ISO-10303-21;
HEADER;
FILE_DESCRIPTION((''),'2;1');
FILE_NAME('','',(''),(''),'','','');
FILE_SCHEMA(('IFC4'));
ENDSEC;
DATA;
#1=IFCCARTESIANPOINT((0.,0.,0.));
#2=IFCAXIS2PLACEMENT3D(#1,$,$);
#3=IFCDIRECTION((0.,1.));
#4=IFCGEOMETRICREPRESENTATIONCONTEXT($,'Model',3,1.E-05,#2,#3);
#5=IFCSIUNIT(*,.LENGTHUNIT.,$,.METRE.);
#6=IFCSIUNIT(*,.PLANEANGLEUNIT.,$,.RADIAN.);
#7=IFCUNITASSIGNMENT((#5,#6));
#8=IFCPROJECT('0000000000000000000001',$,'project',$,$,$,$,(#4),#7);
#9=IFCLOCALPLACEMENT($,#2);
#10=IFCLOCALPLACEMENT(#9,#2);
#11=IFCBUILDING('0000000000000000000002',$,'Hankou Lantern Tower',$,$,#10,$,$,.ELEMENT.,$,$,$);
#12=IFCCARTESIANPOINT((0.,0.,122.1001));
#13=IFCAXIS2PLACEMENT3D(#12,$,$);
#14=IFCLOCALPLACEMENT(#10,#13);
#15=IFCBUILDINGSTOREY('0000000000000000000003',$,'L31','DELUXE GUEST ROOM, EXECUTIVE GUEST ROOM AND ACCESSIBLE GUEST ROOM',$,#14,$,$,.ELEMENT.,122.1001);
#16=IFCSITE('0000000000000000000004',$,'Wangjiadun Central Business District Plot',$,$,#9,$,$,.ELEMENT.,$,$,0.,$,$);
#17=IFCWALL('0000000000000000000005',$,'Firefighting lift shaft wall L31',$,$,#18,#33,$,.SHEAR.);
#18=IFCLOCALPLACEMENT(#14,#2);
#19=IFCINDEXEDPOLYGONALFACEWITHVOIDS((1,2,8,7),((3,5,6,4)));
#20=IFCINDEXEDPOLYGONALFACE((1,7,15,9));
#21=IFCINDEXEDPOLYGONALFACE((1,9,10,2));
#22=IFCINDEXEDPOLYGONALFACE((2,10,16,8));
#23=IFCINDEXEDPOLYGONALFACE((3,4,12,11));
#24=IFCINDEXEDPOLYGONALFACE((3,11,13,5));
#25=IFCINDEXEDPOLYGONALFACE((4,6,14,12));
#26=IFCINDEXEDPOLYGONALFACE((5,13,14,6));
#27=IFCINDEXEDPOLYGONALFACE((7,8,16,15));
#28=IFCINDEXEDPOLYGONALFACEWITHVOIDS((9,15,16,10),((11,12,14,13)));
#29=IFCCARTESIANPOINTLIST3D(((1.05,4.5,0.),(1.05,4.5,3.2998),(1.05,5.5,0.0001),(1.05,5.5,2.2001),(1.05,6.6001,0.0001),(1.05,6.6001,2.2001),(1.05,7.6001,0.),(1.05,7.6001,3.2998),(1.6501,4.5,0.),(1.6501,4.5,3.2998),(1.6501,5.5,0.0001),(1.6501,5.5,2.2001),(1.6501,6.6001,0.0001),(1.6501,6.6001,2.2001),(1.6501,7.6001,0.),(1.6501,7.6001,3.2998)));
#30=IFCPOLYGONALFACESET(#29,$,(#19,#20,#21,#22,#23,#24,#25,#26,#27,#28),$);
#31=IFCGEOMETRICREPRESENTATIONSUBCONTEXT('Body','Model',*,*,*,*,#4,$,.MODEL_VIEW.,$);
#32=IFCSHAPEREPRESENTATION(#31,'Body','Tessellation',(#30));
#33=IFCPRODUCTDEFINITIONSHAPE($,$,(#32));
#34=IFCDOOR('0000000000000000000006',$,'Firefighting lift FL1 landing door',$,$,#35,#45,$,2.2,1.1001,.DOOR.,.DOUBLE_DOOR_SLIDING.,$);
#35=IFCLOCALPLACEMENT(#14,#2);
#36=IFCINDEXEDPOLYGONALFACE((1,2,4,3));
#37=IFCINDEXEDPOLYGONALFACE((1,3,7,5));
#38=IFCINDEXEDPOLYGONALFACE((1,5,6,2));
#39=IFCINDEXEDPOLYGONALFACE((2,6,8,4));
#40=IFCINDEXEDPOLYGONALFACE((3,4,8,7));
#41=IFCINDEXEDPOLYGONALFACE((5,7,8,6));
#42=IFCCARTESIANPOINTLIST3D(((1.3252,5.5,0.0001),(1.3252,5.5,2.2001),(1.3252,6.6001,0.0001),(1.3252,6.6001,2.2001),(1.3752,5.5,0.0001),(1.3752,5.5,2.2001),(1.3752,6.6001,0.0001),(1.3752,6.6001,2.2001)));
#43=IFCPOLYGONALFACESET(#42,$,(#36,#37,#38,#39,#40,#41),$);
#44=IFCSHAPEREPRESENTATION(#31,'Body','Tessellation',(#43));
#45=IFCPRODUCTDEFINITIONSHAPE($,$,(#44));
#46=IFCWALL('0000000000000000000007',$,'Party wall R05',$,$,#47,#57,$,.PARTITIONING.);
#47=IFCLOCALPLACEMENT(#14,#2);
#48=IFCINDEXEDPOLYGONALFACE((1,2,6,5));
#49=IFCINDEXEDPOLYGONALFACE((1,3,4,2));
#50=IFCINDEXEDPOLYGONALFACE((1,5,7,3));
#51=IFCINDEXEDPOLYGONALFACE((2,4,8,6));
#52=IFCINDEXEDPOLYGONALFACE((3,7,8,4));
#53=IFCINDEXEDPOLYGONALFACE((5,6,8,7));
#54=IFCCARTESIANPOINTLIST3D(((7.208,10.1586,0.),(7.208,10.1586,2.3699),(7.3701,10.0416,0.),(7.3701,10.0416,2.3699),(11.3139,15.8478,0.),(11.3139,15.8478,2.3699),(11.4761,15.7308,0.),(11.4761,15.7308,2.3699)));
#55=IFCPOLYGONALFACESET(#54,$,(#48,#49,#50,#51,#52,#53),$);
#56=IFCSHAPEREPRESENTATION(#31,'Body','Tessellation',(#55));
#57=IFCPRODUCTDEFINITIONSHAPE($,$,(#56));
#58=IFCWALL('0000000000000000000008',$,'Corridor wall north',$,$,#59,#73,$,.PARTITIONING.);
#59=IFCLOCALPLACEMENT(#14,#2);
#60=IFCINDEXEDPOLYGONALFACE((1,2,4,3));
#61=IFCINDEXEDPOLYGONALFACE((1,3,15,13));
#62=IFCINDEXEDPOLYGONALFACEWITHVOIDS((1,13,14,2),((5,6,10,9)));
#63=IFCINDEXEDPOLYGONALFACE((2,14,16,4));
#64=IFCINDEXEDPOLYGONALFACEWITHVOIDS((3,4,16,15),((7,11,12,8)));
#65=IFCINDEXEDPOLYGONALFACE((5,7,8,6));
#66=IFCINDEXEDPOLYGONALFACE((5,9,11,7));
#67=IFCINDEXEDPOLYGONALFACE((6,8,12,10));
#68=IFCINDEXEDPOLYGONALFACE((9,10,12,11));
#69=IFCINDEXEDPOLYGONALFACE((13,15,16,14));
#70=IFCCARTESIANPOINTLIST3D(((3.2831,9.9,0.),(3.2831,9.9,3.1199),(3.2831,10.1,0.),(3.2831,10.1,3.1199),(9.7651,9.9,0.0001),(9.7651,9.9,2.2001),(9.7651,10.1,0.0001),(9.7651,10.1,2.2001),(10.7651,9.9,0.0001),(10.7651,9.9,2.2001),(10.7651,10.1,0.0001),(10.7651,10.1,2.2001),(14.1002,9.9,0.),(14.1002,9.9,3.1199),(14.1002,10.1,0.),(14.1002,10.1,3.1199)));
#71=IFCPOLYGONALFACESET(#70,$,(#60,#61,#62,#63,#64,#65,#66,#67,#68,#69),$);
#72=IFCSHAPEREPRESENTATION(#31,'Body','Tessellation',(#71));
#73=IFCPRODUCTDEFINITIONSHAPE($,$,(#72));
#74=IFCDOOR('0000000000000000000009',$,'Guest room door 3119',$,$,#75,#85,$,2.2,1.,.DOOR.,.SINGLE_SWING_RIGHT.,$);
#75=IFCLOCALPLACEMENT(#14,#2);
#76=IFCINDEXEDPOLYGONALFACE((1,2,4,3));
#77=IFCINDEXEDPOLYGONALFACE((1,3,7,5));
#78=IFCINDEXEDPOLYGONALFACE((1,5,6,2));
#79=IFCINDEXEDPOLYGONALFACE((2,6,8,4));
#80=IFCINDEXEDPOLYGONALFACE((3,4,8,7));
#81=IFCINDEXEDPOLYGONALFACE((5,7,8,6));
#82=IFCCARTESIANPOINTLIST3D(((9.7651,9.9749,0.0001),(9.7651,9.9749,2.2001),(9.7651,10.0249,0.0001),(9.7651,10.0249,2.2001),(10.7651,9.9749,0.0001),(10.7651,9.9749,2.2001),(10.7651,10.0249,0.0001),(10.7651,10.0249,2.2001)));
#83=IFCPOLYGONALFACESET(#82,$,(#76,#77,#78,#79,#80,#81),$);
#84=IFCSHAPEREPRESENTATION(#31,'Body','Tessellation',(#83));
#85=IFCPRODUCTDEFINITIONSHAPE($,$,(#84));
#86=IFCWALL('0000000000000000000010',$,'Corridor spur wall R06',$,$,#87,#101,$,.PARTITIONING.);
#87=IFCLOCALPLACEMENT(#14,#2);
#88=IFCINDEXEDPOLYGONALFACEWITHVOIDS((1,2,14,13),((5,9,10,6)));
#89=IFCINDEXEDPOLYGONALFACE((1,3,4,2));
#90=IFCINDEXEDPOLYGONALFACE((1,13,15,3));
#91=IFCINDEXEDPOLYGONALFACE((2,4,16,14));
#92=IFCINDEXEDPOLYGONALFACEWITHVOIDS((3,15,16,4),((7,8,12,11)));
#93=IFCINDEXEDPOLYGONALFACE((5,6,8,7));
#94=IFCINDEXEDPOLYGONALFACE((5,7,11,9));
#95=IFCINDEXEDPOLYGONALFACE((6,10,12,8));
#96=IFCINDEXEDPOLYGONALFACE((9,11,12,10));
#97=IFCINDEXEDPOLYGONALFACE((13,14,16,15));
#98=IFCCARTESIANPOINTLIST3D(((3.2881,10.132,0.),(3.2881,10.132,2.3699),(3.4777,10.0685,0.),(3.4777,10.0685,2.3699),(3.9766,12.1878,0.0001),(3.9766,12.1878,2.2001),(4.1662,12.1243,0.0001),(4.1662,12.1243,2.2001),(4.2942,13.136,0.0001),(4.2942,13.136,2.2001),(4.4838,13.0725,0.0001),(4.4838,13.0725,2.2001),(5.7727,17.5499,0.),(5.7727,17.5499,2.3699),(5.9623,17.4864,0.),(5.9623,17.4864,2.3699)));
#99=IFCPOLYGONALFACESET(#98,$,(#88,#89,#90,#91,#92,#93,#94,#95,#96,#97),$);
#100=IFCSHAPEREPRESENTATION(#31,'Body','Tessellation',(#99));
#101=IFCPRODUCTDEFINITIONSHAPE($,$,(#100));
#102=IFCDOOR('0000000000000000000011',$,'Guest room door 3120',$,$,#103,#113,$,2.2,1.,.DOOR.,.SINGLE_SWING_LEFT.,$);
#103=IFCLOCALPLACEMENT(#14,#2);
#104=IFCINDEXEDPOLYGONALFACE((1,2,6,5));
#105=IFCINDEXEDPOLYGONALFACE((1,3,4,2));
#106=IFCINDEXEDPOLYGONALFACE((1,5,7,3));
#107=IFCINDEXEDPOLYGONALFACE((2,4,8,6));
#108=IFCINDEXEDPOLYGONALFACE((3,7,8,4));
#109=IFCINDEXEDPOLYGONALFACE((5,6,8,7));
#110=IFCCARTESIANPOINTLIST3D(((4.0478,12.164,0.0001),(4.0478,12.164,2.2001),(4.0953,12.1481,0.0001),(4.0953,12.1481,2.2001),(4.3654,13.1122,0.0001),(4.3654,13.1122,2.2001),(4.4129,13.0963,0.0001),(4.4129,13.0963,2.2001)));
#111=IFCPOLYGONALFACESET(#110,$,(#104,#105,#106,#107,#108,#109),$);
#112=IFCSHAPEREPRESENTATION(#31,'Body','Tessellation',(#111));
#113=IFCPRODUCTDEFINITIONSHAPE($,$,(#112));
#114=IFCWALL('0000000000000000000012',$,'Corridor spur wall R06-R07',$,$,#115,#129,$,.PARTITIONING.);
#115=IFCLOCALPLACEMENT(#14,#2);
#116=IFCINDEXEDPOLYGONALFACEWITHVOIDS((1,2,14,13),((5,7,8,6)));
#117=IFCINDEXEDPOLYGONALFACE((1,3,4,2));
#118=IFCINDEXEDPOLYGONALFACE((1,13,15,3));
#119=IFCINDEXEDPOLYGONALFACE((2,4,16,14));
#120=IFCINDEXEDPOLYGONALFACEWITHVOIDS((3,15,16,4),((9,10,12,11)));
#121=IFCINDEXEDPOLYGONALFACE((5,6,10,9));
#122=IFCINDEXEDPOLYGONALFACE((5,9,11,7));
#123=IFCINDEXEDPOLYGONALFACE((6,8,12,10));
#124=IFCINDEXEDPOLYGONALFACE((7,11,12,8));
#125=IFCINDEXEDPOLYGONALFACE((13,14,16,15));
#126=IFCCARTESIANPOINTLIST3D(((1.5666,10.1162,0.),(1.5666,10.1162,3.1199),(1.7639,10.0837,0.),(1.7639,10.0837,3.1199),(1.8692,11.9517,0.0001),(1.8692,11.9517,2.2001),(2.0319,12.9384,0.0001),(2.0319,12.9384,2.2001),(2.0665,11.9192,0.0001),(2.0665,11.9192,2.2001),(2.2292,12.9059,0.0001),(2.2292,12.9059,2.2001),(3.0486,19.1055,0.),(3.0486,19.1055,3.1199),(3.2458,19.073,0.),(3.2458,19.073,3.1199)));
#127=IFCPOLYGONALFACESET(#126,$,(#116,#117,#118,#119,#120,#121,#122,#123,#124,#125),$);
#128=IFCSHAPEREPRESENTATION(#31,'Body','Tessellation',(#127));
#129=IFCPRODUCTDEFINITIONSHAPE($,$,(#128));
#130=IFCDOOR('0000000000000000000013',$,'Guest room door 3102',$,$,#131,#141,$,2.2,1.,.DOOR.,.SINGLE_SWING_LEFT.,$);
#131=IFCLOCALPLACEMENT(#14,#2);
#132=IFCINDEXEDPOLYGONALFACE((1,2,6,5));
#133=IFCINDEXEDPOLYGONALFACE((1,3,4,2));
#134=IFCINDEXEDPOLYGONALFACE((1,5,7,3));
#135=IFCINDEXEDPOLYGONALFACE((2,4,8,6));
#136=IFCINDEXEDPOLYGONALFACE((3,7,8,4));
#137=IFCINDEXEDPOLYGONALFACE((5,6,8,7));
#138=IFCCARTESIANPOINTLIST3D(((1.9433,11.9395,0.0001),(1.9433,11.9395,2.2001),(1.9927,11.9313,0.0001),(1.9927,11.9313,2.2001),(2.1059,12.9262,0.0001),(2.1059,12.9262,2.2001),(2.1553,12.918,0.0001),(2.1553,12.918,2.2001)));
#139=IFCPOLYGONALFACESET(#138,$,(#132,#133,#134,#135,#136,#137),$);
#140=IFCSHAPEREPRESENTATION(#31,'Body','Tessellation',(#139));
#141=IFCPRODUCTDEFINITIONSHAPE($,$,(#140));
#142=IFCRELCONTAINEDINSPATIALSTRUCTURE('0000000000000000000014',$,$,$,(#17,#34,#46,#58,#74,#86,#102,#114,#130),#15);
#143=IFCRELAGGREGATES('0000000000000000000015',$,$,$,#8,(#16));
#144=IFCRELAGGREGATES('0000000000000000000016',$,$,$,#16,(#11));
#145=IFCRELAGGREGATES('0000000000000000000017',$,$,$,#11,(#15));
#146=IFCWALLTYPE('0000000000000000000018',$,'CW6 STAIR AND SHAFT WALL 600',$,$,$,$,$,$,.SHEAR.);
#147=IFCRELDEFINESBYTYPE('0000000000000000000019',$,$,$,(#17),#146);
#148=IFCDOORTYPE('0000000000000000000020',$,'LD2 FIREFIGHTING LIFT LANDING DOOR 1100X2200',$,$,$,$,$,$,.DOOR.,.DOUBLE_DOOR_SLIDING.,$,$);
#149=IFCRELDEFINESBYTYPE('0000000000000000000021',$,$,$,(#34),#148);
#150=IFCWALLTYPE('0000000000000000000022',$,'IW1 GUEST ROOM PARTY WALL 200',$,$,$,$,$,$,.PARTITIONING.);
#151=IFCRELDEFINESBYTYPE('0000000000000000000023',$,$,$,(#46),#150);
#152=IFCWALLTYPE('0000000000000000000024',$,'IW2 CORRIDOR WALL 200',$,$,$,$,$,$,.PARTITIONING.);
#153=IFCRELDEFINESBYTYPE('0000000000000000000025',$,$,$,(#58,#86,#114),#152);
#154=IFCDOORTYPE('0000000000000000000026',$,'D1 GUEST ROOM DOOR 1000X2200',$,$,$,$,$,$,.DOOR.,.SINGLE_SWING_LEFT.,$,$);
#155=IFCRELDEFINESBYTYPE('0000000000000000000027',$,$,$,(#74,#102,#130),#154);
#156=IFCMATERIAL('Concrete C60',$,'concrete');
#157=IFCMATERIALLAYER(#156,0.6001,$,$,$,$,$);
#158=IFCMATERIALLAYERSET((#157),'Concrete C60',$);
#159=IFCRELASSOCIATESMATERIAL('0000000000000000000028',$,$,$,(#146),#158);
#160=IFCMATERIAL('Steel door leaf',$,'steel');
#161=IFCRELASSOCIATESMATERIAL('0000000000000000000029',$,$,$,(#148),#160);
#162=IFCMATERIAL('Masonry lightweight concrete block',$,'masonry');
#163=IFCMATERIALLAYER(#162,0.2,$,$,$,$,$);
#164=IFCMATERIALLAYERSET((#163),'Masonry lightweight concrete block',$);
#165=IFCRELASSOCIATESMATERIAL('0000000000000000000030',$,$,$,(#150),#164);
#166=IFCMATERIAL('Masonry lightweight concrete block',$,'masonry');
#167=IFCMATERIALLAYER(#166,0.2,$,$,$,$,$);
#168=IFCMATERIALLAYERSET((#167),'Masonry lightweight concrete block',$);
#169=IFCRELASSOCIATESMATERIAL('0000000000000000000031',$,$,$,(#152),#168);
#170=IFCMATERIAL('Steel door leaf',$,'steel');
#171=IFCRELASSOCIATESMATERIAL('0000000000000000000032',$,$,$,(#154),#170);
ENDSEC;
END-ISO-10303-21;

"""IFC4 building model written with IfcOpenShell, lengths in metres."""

from ifc_helpers import new_model, si_unit, direction, frame, frame_2d, origin, place, context, subcontext, project, spatial, rectangle, extrude, material, layer, layer_set, type_object, element, fill, save


model = new_model("IFC4")

# Units and contexts
model_context = context("Model", 3, precision=1e-05, world=origin(), true_north=direction((0.0, 1.0)))
body_context = subcontext(model_context, "Body", "Model", "MODEL_VIEW")
ifc_project = project(units=[si_unit("LENGTHUNIT", "METRE"), si_unit("PLANEANGLEUNIT", "RADIAN")], contexts=[model_context])

# Site, building, storey
site_placement = place(None, origin())
site = spatial("IfcSite", under=ifc_project, at=site_placement, Name="Wangjiadun Central Business District Plot", CompositionType="ELEMENT", RefElevation=0.0)
building_placement = place(site_placement, origin())
building = spatial("IfcBuilding", under=site, at=building_placement, Name="Hankou Lantern Tower", CompositionType="ELEMENT")
storey_placement = place(building_placement, frame((0.0, 0.0, 122.1001)))
storey = spatial("IfcBuildingStorey", under=building, at=storey_placement, Name="L31", Description="DELUXE GUEST ROOM, EXECUTIVE GUEST ROOM AND ACCESSIBLE GUEST ROOM", CompositionType="ELEMENT", Elevation=122.1001)

# Wall, opening, door
ifc_material_1 = material(Name="Concrete C60", Category="concrete")
ifc_layer_1 = layer(ifc_material_1, 0.6001)
ifc_layer_set_1 = layer_set([ifc_layer_1], Name="Concrete C60")
wall_type_1 = type_object("IfcWallType", Name="CW6 STAIR AND SHAFT WALL 600", PredefinedType="SHEAR", material=ifc_layer_set_1)
wall_1_placement = place(storey_placement, frame((1.3501, 4.5, 0.0), z_axis=(0.0, 0.0, 1.0), x_axis=(0.0, 1.0, 0.0)))
wall_1 = element("IfcWall", 1, at=wall_1_placement, inside=storey, type_object=wall_type_1, Name="Firefighting lift shaft wall L31", PredefinedType="SHEAR", context=body_context, shape_type="SweptSolid", body=[
    extrude(rectangle(XDim=3.1001, YDim=0.6001, at=frame_2d((1.55, 0.0))), origin(), (0.0, 0.0, 1.0), 3.2998),
])
opening_1_placement = place(wall_1_placement, frame((1.0, 0.0, 0.0)))
opening_1 = element("IfcOpeningElement", 2, at=opening_1_placement, cuts=wall_1, PredefinedType="OPENING", context=body_context, shape_type="SweptSolid", body=[
    extrude(rectangle(XDim=1.1001, YDim=2.2, at=frame_2d((0.55, 1.1001))), frame((0.0, 0.3101, 0.0), z_axis=(0.0, -1.0, 0.0), x_axis=(1.0, 0.0, 0.0)), (0.0, 0.0, 1.0), 0.6201),
])
ifc_material_2 = material(Name="Steel door leaf", Category="steel")
door_type_1 = type_object("IfcDoorType", Name="LD2 FIREFIGHTING LIFT LANDING DOOR 1100X2200", OperationType="DOUBLE_DOOR_SLIDING", PredefinedType="DOOR", material=ifc_material_2)
door_1_placement = place(opening_1_placement, origin())
door_1 = element("IfcDoor", 3, at=door_1_placement, inside=storey, type_object=door_type_1, Name="Firefighting lift FL1 landing door", OperationType="DOUBLE_DOOR_SLIDING", OverallHeight=2.2, OverallWidth=1.1001, PredefinedType="DOOR", context=body_context, shape_type="SweptSolid", body=[
    extrude(rectangle(XDim=1.1001, YDim=2.2, at=frame_2d((0.55, 1.1001))), frame((0.0, 0.0249, 0.0), z_axis=(0.0, -1.0, 0.0), x_axis=(1.0, 0.0, 0.0)), (0.0, 0.0, 1.0), 0.05),
])
fill(opening_1, door_1)

# Wall
ifc_material_3 = material(Name="Masonry lightweight concrete block", Category="masonry")
ifc_layer_2 = layer(ifc_material_3, 0.2)
ifc_layer_set_2 = layer_set([ifc_layer_2], Name="Masonry lightweight concrete block")
wall_type_2 = type_object("IfcWallType", Name="IW1 GUEST ROOM PARTY WALL 200", PredefinedType="PARTITIONING", material=ifc_layer_set_2)
wall_2_placement = place(storey_placement, frame((7.2891, 10.1001, 0.0), z_axis=(0.0, 0.0, 1.0), x_axis=(0.585217, 0.810876, 0.0)))
element("IfcWall", 4, at=wall_2_placement, inside=storey, type_object=wall_type_2, Name="Party wall R05", PredefinedType="PARTITIONING", context=body_context, shape_type="SweptSolid", body=[
    extrude(rectangle(XDim=7.0161, YDim=0.2, at=frame_2d((3.5081, 0.0))), origin(), (0.0, 0.0, 1.0), 2.3699),
])

# Walls, openings, doors
ifc_material_4 = material(Name="Masonry lightweight concrete block", Category="masonry")
ifc_layer_3 = layer(ifc_material_4, 0.2)
ifc_layer_set_3 = layer_set([ifc_layer_3], Name="Masonry lightweight concrete block")
wall_type_3 = type_object("IfcWallType", Name="IW2 CORRIDOR WALL 200", PredefinedType="PARTITIONING", material=ifc_layer_set_3)
wall_3_placement = place(storey_placement, frame((3.283, 10.0, 0.0), z_axis=(0.0, 0.0, 1.0), x_axis=(1.0, 0.0, 0.0)))
wall_3 = element("IfcWall", 5, at=wall_3_placement, inside=storey, type_object=wall_type_3, Name="Corridor wall north", PredefinedType="PARTITIONING", context=body_context, shape_type="SweptSolid", body=[
    extrude(rectangle(XDim=10.8171, YDim=0.2, at=frame_2d((5.4087, 0.0))), origin(), (0.0, 0.0, 1.0), 3.1199),
])
opening_2_placement = place(wall_3_placement, frame((6.4822, 0.0, 0.0)))
opening_2 = element("IfcOpeningElement", 6, at=opening_2_placement, cuts=wall_3, PredefinedType="OPENING", context=body_context, shape_type="SweptSolid", body=[
    extrude(rectangle(XDim=1.0, YDim=2.2, at=frame_2d((0.5, 1.1001))), frame((0.0, 0.1099, 0.0), z_axis=(0.0, -1.0, 0.0), x_axis=(1.0, 0.0, 0.0)), (0.0, 0.0, 1.0), 0.22),
])
ifc_material_5 = material(Name="Steel door leaf", Category="steel")
door_type_2 = type_object("IfcDoorType", Name="D1 GUEST ROOM DOOR 1000X2200", OperationType="SINGLE_SWING_LEFT", PredefinedType="DOOR", material=ifc_material_5)
door_2_placement = place(opening_2_placement, origin())
door_2 = element("IfcDoor", 7, at=door_2_placement, inside=storey, type_object=door_type_2, Name="Guest room door 3119", OperationType="SINGLE_SWING_RIGHT", OverallHeight=2.2, OverallWidth=1.0, PredefinedType="DOOR", context=body_context, shape_type="SweptSolid", body=[
    extrude(rectangle(XDim=1.0, YDim=2.2, at=frame_2d((0.5, 1.1001))), frame((0.0, 0.0249, 0.0), z_axis=(0.0, -1.0, 0.0), x_axis=(1.0, 0.0, 0.0)), (0.0, 0.0, 1.0), 0.05),
])
fill(opening_2, door_2)
wall_4_placement = place(storey_placement, frame((3.3828, 10.1001, 0.0), z_axis=(0.0, 0.0, 1.0), x_axis=(0.317604, 0.948224, 0.0)))
wall_4 = element("IfcWall", 8, at=wall_4_placement, inside=storey, type_object=wall_type_3, Name="Corridor spur wall R06", PredefinedType="PARTITIONING", context=body_context, shape_type="SweptSolid", body=[
    extrude(rectangle(XDim=7.823, YDim=0.2, at=frame_2d((3.9116, 0.0))), origin(), (0.0, 0.0, 1.0), 2.3699),
])
opening_3_placement = place(wall_4_placement, frame((2.1682, 0.0, 0.0)))
opening_3 = element("IfcOpeningElement", 9, at=opening_3_placement, cuts=wall_4, PredefinedType="OPENING", context=body_context, shape_type="SweptSolid", body=[
    extrude(rectangle(XDim=1.0, YDim=2.2, at=frame_2d((0.5, 1.1001))), frame((0.0, 0.1099, 0.0), z_axis=(0.0, -1.0, 0.0), x_axis=(1.0, 0.0, 0.0)), (0.0, 0.0, 1.0), 0.22),
])
door_3_placement = place(opening_3_placement, origin())
door_3 = element("IfcDoor", 10, at=door_3_placement, inside=storey, type_object=door_type_2, Name="Guest room door 3120", OperationType="SINGLE_SWING_LEFT", OverallHeight=2.2, OverallWidth=1.0, PredefinedType="DOOR", context=body_context, shape_type="SweptSolid", body=[
    extrude(rectangle(XDim=1.0, YDim=2.2, at=frame_2d((0.5, 1.1001))), frame((0.0, 0.0249, 0.0), z_axis=(0.0, -1.0, 0.0), x_axis=(1.0, 0.0, 0.0)), (0.0, 0.0, 1.0), 0.05),
])
fill(opening_3, door_3)
wall_5_placement = place(storey_placement, frame((1.6653, 10.1001, 0.0), z_axis=(0.0, 0.0, 1.0), x_axis=(0.162661, 0.986682, 0.0)))
wall_5 = element("IfcWall", 11, at=wall_5_placement, inside=storey, type_object=wall_type_3, Name="Corridor spur wall R06-R07", PredefinedType="PARTITIONING", context=body_context, shape_type="SweptSolid", body=[
    extrude(rectangle(XDim=9.1106, YDim=0.2, at=frame_2d((4.5552, 0.0))), origin(), (0.0, 0.0, 1.0), 3.1199),
])
opening_4_placement = place(wall_5_placement, frame((1.8601, 0.0, 0.0)))
opening_4 = element("IfcOpeningElement", 12, at=opening_4_placement, cuts=wall_5, PredefinedType="OPENING", context=body_context, shape_type="SweptSolid", body=[
    extrude(rectangle(XDim=1.0, YDim=2.2, at=frame_2d((0.5, 1.1001))), frame((0.0, 0.1099, 0.0), z_axis=(0.0, -1.0, 0.0), x_axis=(1.0, 0.0, 0.0)), (0.0, 0.0, 1.0), 0.22),
])
door_4_placement = place(opening_4_placement, origin())
door_4 = element("IfcDoor", 13, at=door_4_placement, inside=storey, type_object=door_type_2, Name="Guest room door 3102", OperationType="SINGLE_SWING_LEFT", OverallHeight=2.2, OverallWidth=1.0, PredefinedType="DOOR", context=body_context, shape_type="SweptSolid", body=[
    extrude(rectangle(XDim=1.0, YDim=2.2, at=frame_2d((0.5, 1.1001))), frame((0.0, 0.0249, 0.0), z_axis=(0.0, -1.0, 0.0), x_axis=(1.0, 0.0, 0.0)), (0.0, 0.0, 1.0), 0.05),
])
fill(opening_4, door_4)

save(model, "model.ifc")
